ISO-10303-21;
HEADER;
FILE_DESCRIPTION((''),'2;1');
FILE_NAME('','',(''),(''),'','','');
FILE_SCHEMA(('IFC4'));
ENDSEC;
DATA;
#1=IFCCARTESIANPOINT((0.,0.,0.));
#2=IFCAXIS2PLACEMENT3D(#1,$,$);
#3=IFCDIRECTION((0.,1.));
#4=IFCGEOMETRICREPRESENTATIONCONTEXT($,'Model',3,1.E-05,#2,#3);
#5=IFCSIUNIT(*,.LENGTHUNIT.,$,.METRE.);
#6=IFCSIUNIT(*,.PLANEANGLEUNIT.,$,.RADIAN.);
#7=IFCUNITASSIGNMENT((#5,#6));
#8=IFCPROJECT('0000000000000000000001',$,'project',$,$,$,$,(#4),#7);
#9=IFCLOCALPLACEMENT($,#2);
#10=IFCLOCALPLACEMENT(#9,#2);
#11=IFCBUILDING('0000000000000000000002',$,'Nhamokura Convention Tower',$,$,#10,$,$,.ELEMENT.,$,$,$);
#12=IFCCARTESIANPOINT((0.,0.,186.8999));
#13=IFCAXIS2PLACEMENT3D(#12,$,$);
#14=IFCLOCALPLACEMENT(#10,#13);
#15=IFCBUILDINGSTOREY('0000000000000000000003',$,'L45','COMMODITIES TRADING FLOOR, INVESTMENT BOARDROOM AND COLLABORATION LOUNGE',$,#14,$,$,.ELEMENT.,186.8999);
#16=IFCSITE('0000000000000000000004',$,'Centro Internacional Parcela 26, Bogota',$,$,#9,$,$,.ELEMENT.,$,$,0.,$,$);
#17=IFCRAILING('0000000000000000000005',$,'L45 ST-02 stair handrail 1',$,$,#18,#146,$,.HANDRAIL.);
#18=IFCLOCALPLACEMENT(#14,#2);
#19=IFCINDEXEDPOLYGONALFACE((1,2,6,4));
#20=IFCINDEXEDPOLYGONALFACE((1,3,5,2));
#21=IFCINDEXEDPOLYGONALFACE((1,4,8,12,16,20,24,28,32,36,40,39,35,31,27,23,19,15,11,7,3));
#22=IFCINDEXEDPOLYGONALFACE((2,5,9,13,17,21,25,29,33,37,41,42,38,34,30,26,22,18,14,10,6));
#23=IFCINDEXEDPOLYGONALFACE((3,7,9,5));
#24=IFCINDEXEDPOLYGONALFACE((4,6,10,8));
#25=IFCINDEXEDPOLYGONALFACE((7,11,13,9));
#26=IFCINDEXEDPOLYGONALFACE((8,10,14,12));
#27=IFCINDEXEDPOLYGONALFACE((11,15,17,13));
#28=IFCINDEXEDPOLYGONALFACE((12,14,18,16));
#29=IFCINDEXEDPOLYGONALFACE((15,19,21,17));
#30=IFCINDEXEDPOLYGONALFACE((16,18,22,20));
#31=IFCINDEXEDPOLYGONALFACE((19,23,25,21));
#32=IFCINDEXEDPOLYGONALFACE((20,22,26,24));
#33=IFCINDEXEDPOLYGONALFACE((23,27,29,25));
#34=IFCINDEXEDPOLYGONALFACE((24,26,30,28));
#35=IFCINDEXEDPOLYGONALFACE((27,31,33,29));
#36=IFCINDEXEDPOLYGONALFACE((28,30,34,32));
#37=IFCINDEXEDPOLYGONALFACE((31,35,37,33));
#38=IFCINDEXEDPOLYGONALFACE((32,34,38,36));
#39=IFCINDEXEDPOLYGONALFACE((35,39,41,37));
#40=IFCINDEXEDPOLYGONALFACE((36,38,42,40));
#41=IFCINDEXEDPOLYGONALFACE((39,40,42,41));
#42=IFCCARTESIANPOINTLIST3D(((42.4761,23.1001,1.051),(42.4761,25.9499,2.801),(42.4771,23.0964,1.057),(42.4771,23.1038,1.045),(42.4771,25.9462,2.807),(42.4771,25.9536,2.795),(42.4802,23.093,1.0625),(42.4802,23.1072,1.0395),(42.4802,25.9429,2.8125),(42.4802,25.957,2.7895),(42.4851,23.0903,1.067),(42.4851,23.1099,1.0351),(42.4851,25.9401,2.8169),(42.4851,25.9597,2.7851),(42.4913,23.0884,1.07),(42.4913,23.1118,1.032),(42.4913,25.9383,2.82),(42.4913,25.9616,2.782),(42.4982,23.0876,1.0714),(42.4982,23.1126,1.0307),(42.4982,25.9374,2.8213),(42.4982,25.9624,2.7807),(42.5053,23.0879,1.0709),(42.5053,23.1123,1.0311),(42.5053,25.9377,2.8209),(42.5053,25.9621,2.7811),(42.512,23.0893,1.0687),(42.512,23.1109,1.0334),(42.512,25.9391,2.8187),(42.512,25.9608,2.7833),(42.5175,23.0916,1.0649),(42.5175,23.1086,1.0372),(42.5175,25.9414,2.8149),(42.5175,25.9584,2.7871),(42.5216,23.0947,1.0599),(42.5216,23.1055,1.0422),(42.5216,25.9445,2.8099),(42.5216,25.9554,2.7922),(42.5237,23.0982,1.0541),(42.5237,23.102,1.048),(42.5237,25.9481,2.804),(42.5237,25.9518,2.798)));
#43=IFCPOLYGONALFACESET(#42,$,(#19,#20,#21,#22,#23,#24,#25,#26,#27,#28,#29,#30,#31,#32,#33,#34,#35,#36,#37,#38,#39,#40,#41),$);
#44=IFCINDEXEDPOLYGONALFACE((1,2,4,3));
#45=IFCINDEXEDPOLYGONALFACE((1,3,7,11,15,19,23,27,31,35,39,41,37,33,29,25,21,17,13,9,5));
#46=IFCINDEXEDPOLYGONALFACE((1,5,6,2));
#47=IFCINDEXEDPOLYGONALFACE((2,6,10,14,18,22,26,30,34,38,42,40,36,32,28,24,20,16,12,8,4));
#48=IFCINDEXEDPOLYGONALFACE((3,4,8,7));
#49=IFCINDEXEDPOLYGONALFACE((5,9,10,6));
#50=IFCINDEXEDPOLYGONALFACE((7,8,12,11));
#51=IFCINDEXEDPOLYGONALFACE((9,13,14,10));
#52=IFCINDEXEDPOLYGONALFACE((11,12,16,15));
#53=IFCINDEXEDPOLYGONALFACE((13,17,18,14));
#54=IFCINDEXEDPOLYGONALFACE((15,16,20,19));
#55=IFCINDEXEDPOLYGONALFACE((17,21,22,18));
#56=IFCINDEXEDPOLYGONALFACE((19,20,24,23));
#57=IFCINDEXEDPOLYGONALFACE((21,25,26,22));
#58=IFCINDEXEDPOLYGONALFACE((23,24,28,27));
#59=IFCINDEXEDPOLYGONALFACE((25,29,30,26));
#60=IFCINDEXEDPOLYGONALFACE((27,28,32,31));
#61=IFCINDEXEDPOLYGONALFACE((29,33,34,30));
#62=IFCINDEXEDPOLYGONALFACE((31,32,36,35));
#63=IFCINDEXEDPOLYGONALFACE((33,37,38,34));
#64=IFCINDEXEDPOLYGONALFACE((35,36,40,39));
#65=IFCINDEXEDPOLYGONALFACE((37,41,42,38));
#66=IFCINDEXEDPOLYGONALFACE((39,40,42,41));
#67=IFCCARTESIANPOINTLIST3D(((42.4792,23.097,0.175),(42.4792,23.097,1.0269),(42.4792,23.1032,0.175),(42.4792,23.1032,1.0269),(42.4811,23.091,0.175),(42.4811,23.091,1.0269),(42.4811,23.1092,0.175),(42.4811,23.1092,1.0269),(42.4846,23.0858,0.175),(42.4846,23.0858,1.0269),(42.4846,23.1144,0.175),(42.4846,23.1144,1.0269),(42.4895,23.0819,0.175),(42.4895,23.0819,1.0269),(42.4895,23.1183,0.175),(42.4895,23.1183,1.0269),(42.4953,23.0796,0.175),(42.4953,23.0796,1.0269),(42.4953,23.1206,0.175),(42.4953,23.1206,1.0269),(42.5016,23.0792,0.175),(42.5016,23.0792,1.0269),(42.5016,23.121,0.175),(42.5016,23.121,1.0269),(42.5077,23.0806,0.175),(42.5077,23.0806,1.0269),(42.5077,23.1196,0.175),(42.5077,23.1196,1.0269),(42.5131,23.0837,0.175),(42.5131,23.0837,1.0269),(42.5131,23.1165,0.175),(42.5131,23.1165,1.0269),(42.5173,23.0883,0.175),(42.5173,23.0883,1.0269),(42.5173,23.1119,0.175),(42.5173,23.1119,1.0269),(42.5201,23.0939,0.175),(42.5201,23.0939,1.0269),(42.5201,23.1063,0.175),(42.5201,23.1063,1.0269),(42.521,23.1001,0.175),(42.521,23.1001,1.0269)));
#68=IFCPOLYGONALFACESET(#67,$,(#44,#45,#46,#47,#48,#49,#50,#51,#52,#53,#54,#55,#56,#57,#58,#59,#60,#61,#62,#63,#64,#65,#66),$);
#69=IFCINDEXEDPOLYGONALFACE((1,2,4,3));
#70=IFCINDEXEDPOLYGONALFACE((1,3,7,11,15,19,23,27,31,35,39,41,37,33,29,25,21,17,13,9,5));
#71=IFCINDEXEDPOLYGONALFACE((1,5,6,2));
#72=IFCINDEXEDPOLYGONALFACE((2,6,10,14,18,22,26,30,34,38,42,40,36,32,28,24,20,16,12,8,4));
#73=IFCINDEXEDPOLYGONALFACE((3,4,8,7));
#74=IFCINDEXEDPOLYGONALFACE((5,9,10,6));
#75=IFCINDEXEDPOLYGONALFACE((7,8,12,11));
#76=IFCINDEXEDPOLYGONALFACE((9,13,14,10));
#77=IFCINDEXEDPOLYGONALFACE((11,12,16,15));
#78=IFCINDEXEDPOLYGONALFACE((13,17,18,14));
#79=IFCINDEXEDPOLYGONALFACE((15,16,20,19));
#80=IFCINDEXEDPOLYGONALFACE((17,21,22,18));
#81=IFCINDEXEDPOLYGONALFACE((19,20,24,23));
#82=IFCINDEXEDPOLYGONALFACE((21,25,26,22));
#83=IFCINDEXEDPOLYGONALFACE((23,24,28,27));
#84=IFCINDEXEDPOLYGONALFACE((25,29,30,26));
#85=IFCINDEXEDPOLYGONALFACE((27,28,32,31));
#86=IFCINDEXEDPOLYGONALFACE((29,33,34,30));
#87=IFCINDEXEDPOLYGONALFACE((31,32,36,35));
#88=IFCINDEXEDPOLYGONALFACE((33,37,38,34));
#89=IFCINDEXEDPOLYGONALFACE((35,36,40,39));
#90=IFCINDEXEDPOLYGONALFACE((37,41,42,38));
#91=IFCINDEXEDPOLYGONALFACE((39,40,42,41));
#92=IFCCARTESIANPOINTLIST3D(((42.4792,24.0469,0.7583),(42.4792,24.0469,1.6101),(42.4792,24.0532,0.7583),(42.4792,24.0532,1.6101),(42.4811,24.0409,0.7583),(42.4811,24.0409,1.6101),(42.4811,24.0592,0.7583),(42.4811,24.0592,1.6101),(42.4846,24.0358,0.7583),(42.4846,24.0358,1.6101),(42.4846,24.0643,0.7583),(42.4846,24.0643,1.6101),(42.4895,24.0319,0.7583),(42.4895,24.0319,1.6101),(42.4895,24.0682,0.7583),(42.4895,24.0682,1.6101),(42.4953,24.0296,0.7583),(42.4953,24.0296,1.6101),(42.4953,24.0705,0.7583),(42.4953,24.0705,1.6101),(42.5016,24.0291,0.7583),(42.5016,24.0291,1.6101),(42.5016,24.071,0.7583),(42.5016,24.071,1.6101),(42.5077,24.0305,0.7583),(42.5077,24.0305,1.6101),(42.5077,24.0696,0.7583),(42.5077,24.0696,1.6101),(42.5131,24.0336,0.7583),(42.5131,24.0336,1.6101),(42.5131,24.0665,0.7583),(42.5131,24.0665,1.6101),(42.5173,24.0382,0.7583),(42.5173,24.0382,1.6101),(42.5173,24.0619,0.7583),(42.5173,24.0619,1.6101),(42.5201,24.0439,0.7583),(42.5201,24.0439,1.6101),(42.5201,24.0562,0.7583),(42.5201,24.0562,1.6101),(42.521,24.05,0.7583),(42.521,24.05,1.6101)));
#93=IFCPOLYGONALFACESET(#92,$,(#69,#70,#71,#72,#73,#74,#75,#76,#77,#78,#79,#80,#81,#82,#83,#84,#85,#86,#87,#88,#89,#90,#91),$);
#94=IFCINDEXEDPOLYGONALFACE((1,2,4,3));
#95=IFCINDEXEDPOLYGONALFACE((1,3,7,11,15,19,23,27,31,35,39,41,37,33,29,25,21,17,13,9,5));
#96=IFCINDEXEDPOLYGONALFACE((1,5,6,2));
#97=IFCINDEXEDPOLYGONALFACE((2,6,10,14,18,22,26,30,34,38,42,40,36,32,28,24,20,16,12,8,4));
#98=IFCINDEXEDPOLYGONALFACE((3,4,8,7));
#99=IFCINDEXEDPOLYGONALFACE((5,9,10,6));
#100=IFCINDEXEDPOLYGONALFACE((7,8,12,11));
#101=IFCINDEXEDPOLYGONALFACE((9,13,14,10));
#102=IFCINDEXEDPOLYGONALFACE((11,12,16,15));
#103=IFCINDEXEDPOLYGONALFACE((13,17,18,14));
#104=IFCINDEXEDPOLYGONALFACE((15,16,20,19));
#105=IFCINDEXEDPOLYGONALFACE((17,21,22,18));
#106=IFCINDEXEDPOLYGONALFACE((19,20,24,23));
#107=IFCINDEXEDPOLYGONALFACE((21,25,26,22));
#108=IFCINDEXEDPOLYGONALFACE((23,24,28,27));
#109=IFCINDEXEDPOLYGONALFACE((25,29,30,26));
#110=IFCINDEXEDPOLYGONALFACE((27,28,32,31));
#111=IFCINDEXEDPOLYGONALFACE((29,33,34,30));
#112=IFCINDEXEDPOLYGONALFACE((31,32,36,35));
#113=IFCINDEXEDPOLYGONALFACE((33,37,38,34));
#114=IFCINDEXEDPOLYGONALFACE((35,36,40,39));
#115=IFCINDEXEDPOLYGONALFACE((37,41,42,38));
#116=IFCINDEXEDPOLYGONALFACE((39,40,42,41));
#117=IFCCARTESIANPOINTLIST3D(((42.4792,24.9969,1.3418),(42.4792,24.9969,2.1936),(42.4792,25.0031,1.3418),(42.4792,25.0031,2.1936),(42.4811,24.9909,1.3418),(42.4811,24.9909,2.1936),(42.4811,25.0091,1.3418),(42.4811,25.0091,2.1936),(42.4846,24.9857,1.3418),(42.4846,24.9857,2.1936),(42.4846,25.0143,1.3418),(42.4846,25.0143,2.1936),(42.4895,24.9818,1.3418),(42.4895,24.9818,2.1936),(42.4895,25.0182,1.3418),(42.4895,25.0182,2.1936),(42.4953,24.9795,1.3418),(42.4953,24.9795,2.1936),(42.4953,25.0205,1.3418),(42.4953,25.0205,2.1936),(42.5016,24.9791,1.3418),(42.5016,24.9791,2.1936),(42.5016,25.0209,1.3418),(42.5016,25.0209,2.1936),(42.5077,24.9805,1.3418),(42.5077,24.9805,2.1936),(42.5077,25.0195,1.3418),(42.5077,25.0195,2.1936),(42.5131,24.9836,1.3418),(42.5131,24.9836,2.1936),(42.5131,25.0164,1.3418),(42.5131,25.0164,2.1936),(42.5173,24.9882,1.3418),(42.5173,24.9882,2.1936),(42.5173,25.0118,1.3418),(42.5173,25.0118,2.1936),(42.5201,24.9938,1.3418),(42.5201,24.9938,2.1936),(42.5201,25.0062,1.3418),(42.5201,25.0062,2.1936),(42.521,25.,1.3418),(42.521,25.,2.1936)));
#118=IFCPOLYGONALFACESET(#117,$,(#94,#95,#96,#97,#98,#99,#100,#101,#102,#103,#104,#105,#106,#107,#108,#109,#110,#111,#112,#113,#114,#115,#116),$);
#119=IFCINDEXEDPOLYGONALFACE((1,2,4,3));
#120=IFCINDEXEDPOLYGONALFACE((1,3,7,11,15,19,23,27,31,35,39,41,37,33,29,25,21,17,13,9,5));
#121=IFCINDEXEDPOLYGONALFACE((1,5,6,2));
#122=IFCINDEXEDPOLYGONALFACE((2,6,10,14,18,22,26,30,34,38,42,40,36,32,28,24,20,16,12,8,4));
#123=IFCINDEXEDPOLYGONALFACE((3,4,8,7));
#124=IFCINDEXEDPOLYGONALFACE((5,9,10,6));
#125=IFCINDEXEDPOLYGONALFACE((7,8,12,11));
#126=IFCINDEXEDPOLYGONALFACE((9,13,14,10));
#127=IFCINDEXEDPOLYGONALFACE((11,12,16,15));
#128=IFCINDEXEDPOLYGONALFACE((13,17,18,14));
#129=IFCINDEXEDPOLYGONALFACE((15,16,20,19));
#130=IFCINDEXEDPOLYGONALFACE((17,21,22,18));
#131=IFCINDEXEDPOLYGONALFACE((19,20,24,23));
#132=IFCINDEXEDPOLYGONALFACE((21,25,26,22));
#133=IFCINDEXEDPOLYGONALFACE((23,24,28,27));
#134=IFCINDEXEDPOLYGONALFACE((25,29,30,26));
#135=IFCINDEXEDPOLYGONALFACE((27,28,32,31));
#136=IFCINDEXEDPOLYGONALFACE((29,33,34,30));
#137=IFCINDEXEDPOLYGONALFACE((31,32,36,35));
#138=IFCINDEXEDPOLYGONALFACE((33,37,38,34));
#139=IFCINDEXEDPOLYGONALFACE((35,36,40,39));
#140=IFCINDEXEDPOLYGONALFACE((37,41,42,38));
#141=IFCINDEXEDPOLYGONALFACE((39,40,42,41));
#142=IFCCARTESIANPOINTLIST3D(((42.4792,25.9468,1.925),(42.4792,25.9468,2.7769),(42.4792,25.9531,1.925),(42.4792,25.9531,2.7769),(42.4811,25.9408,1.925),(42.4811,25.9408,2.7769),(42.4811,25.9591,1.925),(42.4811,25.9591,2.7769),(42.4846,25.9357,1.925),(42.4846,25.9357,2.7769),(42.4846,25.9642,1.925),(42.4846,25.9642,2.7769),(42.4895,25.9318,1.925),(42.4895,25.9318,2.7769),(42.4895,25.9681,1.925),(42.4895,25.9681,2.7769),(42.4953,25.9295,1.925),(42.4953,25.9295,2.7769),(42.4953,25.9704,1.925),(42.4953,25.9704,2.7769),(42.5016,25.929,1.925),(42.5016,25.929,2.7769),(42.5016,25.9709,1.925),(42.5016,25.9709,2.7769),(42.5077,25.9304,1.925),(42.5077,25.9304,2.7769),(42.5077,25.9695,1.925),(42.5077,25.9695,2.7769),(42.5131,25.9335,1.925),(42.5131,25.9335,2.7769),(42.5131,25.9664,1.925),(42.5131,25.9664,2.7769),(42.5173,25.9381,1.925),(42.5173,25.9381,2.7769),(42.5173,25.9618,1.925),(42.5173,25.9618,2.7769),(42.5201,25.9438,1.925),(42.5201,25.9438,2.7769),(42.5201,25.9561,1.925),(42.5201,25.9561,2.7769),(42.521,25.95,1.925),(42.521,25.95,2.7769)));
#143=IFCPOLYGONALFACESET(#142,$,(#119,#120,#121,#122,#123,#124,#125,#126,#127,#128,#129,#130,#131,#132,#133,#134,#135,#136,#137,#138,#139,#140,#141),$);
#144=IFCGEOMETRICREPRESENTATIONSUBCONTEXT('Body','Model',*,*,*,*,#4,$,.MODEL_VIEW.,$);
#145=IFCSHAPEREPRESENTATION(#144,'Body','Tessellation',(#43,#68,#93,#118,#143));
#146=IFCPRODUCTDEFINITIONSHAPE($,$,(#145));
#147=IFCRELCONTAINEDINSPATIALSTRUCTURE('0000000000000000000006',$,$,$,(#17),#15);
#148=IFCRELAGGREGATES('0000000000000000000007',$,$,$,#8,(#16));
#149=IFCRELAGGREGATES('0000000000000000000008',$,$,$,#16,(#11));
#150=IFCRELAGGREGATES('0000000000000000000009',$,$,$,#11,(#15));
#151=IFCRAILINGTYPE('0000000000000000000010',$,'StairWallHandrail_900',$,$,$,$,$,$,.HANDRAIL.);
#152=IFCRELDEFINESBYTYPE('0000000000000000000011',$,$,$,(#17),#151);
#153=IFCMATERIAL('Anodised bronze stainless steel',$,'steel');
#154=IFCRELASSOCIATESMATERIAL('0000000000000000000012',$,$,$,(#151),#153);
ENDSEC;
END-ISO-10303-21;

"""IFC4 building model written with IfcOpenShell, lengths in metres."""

from ifc_helpers import new_model, si_unit, direction, frame, origin, origin_2d, place, context, subcontext, project, spatial, circle, extrude, material, type_object, element, save


model = new_model("IFC4")

# Units and contexts
model_context = context("Model", 3, precision=1e-05, world=origin(), true_north=direction((0.0, 1.0)))
body_context = subcontext(model_context, "Body", "Model", "MODEL_VIEW")
ifc_project = project(units=[si_unit("LENGTHUNIT", "METRE"), si_unit("PLANEANGLEUNIT", "RADIAN")], contexts=[model_context])

# Site, building, storey
site_placement = place(None, origin())
site = spatial("IfcSite", under=ifc_project, at=site_placement, Name="Centro Internacional Parcela 26, Bogota", CompositionType="ELEMENT", RefElevation=0.0)
building_placement = place(site_placement, origin())
building = spatial("IfcBuilding", under=site, at=building_placement, Name="Nhamokura Convention Tower", CompositionType="ELEMENT")
storey_placement = place(building_placement, frame((0.0, 0.0, 186.8999)))
storey = spatial("IfcBuildingStorey", under=building, at=storey_placement, Name="L45", Description="COMMODITIES TRADING FLOOR, INVESTMENT BOARDROOM AND COLLABORATION LOUNGE", CompositionType="ELEMENT", Elevation=186.8999)

# Railing
ifc_material_1 = material(Name="Anodised bronze stainless steel", Category="steel")
railing_type_1 = type_object("IfcRailingType", Name="StairWallHandrail_900", PredefinedType="HANDRAIL", material=ifc_material_1)
railing_1_placement = place(storey_placement, frame((42.5, 23.1001, 0.175)))
element("IfcRailing", 1, at=railing_1_placement, inside=storey, type_object=railing_type_1, Name="L45 ST-02 stair handrail 1", PredefinedType="HANDRAIL", context=body_context, shape_type="SweptSolid", body=[
    extrude(circle(Radius=0.0239, at=origin_2d()), frame((0.0, 0.0, 0.876), z_axis=(0.0, 0.852159, 0.523283), x_axis=(-1.0, 0.0, 0.0)), (0.0, 0.0, 1.0), 3.3442),
    extrude(circle(Radius=0.021, at=origin_2d()), origin(), (0.0, 0.0, 1.0), 0.8518),
    extrude(circle(Radius=0.021, at=origin_2d()), frame((0.0, 0.95, 0.5833)), (0.0, 0.0, 1.0), 0.8518),
    extrude(circle(Radius=0.021, at=origin_2d()), frame((0.0, 1.8999, 1.1667)), (0.0, 0.0, 1.0), 0.8518),
    extrude(circle(Radius=0.021, at=origin_2d()), frame((0.0, 2.8499, 1.75)), (0.0, 0.0, 1.0), 0.8518),
])

save(model, "model.ifc")
